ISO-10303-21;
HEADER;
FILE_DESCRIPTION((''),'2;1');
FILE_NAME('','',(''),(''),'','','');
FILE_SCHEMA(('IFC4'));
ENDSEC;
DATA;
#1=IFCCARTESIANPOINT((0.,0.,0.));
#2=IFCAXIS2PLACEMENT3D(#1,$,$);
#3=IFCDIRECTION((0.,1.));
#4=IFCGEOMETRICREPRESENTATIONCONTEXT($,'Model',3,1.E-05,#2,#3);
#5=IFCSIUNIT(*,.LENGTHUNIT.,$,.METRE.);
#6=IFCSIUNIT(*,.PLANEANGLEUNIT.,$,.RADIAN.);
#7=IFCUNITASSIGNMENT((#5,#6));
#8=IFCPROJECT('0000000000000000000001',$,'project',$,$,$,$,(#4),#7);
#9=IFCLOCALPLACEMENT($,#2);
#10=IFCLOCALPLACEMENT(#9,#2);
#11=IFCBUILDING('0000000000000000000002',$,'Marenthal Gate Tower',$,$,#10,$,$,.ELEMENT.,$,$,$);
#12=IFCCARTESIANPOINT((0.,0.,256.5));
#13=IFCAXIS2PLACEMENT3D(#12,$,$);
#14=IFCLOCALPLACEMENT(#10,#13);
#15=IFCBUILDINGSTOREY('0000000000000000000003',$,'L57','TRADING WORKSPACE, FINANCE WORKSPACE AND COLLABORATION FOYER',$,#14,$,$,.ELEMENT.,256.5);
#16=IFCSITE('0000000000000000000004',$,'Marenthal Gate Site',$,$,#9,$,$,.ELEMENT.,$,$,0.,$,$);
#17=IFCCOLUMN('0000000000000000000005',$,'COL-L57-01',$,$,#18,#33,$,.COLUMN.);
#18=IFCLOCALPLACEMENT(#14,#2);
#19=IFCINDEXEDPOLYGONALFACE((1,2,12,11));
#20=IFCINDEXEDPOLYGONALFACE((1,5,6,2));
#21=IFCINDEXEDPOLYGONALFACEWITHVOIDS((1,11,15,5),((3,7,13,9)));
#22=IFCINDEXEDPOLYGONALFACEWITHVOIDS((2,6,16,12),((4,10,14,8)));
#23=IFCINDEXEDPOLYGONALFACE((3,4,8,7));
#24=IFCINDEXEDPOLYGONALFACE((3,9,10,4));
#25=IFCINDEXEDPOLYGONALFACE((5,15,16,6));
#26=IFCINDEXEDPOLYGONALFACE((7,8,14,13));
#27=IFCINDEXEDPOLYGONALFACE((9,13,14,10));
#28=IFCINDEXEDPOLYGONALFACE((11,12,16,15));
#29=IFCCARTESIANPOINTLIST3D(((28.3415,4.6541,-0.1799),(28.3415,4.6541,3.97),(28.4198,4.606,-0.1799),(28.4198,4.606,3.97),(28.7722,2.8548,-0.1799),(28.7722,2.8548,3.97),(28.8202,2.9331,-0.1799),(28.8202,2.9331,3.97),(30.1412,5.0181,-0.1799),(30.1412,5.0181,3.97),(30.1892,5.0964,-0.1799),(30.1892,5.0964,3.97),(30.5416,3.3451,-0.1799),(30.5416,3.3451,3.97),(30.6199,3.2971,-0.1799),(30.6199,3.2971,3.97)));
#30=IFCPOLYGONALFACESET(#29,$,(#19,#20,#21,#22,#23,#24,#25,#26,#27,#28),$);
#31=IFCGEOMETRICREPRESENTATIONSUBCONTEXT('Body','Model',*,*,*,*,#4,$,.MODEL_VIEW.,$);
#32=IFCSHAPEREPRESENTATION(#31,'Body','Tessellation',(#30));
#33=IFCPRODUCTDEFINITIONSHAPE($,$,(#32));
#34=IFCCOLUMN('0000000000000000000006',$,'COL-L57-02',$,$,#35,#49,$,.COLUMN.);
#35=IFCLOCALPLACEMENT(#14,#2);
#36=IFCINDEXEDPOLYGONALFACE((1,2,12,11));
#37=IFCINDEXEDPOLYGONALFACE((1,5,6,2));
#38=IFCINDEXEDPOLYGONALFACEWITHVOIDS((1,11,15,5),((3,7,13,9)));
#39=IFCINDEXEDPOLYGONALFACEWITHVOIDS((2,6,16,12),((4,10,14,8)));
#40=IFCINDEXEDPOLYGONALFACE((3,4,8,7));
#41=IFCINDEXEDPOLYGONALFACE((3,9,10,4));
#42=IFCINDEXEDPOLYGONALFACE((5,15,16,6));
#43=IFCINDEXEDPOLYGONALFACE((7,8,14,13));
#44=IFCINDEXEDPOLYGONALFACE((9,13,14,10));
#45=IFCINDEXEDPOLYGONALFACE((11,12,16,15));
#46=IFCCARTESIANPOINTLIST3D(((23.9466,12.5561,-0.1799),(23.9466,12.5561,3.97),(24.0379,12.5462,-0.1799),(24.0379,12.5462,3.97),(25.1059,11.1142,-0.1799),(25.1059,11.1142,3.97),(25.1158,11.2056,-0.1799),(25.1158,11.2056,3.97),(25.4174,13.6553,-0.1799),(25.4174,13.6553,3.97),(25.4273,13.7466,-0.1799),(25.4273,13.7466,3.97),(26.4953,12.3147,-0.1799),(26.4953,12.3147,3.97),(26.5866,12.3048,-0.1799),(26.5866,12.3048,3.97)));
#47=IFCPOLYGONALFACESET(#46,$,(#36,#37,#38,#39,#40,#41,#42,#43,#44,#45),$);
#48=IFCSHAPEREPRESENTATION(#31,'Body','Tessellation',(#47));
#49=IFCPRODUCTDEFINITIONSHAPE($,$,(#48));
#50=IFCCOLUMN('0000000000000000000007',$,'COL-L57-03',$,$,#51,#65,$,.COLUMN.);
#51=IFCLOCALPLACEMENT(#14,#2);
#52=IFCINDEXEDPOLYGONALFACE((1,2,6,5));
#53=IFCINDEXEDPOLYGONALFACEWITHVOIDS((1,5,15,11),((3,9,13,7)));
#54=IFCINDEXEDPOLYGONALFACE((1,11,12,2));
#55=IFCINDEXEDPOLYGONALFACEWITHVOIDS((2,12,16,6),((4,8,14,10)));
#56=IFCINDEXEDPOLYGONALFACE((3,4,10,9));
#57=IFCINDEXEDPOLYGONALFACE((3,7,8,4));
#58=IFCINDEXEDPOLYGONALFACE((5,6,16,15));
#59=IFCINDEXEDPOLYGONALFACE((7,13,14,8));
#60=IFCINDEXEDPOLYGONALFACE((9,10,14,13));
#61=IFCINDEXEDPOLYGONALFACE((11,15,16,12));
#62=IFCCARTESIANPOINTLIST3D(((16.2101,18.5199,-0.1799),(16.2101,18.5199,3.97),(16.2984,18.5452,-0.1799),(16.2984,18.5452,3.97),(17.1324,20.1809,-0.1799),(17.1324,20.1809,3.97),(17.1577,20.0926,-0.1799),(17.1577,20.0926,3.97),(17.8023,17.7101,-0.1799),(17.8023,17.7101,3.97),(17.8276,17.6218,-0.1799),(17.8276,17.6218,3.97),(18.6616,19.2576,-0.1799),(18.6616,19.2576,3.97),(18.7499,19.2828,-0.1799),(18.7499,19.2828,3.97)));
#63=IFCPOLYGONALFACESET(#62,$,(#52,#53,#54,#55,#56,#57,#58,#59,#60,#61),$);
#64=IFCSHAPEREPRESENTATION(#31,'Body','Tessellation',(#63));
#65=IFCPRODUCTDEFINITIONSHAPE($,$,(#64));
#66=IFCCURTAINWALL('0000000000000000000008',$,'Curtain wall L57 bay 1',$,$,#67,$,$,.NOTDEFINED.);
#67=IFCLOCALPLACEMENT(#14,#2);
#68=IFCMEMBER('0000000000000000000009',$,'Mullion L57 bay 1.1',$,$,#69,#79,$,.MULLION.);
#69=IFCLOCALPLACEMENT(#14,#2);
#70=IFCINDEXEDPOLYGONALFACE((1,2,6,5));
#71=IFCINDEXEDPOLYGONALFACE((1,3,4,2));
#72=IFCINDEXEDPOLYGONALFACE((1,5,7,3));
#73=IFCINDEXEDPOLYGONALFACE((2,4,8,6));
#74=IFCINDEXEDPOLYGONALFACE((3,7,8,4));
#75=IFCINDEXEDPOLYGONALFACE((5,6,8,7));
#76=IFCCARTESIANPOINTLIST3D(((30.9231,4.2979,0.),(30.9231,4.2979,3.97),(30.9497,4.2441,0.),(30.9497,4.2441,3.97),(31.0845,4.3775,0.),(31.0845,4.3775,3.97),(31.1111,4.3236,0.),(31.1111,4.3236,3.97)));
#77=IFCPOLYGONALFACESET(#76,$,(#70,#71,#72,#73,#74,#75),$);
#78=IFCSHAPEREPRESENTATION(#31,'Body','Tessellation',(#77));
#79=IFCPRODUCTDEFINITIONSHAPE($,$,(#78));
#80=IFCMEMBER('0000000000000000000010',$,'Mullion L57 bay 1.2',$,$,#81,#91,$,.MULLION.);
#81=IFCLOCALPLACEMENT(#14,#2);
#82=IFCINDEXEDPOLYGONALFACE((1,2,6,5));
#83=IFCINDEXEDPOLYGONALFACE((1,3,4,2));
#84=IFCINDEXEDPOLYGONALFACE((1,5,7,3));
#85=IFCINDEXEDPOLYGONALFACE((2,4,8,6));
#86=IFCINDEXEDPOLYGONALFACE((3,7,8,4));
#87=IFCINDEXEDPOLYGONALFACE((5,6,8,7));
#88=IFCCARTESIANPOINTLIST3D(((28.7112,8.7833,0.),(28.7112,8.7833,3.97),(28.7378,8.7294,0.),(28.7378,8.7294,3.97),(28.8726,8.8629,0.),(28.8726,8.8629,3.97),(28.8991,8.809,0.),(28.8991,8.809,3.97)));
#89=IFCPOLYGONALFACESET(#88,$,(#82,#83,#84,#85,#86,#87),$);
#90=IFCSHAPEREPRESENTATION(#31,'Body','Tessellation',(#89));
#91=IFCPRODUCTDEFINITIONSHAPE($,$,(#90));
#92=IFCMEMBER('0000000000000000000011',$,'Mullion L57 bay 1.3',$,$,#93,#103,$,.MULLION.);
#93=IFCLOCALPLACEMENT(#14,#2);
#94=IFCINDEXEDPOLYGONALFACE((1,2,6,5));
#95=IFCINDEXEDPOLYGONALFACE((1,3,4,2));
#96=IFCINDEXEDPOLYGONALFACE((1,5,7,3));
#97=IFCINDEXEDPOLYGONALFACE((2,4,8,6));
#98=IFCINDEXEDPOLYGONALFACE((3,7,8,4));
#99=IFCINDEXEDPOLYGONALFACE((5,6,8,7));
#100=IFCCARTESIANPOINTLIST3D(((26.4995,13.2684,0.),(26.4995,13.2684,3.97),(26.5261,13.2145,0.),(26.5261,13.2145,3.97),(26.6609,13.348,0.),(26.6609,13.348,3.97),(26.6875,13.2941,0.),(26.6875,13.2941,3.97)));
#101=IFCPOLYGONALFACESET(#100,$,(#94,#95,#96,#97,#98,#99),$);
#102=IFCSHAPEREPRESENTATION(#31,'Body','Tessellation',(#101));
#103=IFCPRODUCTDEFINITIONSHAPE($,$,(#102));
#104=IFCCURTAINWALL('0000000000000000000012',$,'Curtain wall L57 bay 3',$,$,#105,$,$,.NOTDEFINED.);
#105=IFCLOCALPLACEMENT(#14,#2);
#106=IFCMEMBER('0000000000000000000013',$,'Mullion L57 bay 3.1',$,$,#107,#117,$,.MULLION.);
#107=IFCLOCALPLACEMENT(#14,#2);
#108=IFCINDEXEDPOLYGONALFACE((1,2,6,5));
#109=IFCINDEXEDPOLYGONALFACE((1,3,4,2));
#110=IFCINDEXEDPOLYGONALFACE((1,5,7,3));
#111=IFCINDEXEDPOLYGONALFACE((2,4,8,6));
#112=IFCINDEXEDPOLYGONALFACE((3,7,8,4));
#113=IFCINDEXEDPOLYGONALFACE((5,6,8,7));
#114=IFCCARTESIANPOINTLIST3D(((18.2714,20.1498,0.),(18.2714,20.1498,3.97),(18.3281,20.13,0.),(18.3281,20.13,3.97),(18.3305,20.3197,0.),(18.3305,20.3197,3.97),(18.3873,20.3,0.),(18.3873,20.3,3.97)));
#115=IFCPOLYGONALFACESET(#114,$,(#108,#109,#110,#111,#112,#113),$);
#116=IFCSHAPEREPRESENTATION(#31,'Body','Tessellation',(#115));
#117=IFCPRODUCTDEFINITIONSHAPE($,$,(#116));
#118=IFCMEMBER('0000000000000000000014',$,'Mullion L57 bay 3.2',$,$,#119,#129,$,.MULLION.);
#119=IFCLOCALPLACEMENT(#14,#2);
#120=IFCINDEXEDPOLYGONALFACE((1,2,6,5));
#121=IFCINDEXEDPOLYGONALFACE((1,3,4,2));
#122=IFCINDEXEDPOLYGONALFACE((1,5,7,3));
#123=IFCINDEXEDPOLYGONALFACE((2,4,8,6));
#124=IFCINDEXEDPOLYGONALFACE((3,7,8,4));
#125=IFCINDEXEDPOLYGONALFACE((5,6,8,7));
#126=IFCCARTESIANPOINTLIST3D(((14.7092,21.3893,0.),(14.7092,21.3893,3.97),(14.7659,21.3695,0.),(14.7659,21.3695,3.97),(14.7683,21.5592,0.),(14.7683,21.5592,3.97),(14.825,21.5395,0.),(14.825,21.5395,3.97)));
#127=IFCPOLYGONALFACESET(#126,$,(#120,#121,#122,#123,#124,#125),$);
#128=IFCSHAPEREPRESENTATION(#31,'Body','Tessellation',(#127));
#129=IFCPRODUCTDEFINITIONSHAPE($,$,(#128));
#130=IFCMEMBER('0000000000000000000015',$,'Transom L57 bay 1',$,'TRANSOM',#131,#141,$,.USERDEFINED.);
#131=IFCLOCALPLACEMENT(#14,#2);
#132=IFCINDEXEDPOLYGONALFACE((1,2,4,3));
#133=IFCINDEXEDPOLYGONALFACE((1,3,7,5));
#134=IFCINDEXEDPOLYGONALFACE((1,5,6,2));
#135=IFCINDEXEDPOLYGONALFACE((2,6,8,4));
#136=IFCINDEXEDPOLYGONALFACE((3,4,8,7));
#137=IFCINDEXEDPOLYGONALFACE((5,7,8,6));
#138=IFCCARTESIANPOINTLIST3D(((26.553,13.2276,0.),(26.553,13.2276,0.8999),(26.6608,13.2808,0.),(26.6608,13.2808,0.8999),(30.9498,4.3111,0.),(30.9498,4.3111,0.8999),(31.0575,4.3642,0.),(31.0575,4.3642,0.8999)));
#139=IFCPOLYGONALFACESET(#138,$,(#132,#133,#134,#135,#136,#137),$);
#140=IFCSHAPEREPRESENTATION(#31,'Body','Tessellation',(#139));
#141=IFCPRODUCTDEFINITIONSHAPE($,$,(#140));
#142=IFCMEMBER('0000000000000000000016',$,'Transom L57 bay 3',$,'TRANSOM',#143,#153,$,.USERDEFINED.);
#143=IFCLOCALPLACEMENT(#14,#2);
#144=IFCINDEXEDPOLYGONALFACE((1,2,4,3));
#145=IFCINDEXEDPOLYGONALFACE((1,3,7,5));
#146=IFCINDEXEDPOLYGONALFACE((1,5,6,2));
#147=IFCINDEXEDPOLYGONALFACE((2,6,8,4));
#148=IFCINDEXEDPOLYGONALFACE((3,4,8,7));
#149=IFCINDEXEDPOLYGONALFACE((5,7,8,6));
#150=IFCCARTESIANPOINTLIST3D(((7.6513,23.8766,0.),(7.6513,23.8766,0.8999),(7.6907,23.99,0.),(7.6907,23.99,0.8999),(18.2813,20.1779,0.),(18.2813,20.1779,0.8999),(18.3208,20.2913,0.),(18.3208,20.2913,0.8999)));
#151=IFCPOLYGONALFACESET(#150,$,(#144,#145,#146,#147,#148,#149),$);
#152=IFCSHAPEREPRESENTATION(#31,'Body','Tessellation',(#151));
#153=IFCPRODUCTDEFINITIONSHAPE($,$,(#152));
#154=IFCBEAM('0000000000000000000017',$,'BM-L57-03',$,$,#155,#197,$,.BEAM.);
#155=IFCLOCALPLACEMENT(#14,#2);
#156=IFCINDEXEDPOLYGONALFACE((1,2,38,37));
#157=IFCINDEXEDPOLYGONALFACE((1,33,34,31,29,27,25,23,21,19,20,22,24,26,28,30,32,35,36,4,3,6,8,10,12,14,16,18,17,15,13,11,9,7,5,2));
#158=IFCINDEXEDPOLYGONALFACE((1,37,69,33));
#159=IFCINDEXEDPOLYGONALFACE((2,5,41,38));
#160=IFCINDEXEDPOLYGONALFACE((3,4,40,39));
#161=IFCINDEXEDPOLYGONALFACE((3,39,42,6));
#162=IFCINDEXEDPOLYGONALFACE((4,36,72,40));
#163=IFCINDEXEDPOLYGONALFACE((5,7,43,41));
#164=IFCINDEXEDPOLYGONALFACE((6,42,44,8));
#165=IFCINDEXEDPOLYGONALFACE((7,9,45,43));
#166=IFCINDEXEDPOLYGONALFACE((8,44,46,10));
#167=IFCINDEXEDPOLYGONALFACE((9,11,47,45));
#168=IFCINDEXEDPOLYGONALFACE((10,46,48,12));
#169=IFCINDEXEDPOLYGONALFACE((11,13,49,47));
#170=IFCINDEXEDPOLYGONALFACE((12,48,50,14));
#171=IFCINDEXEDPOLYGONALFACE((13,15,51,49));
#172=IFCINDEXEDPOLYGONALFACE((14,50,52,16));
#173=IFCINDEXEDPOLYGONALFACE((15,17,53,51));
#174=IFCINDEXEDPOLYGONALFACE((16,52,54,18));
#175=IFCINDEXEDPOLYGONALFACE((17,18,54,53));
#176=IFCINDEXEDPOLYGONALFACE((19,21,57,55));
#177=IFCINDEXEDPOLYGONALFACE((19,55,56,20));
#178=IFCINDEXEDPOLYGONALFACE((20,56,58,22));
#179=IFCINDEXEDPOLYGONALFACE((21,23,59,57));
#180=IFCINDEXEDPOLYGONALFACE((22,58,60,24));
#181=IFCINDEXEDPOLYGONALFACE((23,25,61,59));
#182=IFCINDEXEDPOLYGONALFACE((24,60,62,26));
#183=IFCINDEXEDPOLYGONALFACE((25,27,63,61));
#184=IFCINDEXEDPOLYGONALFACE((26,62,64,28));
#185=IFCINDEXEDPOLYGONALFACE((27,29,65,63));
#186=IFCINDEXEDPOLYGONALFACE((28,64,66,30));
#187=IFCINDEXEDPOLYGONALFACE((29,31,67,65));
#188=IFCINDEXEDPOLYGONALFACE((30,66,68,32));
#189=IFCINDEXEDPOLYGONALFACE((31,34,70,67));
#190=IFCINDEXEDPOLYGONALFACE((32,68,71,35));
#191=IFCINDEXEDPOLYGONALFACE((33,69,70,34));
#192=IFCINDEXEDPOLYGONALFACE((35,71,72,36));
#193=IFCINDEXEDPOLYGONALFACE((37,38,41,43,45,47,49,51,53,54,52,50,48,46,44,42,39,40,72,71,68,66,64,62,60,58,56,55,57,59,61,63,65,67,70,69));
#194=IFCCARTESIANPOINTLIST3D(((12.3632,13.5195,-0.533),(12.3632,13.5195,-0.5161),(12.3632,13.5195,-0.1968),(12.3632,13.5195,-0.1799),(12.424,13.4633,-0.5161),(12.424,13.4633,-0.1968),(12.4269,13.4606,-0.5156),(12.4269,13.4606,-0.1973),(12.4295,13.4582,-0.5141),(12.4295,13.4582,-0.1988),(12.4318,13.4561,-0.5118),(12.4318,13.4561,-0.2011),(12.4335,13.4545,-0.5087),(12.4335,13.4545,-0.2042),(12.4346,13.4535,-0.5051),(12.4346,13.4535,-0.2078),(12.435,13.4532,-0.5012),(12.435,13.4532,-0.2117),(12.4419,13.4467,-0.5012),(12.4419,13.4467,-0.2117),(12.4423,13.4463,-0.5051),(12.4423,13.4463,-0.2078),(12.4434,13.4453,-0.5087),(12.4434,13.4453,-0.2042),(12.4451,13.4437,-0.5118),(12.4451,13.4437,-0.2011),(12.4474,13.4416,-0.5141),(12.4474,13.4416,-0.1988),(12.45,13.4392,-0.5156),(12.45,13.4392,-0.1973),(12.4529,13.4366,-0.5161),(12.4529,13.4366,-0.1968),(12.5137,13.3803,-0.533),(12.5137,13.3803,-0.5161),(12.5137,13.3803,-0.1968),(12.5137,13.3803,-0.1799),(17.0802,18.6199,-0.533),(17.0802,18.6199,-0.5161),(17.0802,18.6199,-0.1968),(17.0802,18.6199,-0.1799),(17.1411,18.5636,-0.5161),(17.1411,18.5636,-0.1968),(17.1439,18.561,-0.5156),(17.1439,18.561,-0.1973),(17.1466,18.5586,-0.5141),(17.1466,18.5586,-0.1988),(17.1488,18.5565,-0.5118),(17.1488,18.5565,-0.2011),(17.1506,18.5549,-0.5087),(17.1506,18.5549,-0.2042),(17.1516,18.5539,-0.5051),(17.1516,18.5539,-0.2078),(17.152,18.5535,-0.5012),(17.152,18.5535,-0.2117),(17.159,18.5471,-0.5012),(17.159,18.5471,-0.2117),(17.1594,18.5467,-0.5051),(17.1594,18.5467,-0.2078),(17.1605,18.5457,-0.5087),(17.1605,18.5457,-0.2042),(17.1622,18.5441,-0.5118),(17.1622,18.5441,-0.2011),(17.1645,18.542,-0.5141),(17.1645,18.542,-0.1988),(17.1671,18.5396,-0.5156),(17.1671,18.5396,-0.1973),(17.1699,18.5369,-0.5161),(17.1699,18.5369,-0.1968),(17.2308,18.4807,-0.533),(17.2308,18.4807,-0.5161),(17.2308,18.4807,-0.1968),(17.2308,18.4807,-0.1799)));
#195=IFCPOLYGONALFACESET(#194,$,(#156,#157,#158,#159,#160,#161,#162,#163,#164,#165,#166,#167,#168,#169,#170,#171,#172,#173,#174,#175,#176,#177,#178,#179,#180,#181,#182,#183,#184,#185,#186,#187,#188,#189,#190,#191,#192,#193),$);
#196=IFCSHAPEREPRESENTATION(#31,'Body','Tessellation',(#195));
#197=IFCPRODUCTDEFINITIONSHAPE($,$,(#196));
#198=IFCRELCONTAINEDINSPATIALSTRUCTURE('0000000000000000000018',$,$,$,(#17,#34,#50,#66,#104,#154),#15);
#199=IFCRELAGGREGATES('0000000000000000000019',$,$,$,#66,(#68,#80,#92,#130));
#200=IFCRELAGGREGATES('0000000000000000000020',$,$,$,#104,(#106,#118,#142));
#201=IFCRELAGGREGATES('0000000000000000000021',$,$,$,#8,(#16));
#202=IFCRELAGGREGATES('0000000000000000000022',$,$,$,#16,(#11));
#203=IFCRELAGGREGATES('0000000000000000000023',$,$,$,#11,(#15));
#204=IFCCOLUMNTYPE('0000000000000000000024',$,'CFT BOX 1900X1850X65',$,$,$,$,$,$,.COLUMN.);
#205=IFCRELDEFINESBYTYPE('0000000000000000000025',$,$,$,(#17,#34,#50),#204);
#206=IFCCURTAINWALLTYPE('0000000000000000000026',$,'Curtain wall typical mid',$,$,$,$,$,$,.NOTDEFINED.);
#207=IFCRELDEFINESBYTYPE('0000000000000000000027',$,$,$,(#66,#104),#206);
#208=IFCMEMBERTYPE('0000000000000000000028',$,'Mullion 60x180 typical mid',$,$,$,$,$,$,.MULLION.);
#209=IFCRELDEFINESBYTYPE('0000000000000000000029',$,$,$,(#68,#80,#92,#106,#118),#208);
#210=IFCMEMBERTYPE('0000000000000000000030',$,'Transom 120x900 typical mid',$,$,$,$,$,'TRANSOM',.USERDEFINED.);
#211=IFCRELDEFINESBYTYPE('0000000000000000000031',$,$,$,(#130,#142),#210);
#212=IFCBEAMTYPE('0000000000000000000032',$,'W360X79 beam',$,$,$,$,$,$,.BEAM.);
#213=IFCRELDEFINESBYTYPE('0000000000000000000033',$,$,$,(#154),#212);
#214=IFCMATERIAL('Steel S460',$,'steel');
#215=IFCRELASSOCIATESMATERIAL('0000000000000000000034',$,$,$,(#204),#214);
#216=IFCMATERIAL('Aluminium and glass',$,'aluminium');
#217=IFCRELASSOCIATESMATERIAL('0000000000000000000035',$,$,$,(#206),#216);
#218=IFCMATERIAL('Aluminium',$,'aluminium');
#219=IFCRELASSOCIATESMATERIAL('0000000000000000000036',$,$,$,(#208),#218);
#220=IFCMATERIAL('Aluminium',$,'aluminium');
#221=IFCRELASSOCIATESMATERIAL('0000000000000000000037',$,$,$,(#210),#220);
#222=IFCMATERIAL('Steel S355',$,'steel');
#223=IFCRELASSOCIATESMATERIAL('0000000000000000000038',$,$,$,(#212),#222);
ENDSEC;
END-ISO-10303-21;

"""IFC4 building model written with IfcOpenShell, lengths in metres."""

from ifc_helpers import new_model, si_unit, direction, frame, origin, origin_2d, place, context, subcontext, project, spatial, rectangle, hollow_rectangle, i_section, extrude, material, material_profile, profile_set, type_object, element, aggregate, save


model = new_model("IFC4")

# Units and contexts
model_context = context("Model", 3, precision=1e-05, world=origin(), true_north=direction((0.0, 1.0)))
body_context = subcontext(model_context, "Body", "Model", "MODEL_VIEW")
ifc_project = project(units=[si_unit("LENGTHUNIT", "METRE"), si_unit("PLANEANGLEUNIT", "RADIAN")], contexts=[model_context])

# Site, building, storey
site_placement = place(None, origin())
site = spatial("IfcSite", under=ifc_project, at=site_placement, Name="Marenthal Gate Site", CompositionType="ELEMENT", RefElevation=0.0)
building_placement = place(site_placement, origin())
building = spatial("IfcBuilding", under=site, at=building_placement, Name="Marenthal Gate Tower", CompositionType="ELEMENT")
storey_placement = place(building_placement, frame((0.0, 0.0, 256.5)))
storey = spatial("IfcBuildingStorey", under=building, at=storey_placement, Name="L57", Description="TRADING WORKSPACE, FINANCE WORKSPACE AND COLLABORATION FOYER", CompositionType="ELEMENT", Elevation=256.5)

# Columns
ifc_material_1 = material(Name="Steel S460", Category="steel")
ifc_material_profile_1 = material_profile(ifc_material_1, hollow_rectangle(XDim=1.8501, YDim=1.8999, WallThickness=0.0649, at=origin_2d()), Name="CFT BOX 1900X1850X65")
ifc_material_2 = material(Name="Concrete 70 MPa", Category="concrete")
ifc_material_profile_2 = material_profile(ifc_material_2, rectangle(XDim=1.72, YDim=1.77, at=origin_2d()), Name="CFT BOX 1900X1850X65 INFILL")
ifc_profile_set_1 = profile_set([ifc_material_profile_1, ifc_material_profile_2], Name="Steel S460 shell, Concrete 70 MPa infill")
column_type = type_object("IfcColumnType", Name="CFT BOX 1900X1850X65", PredefinedType="COLUMN", material=ifc_profile_set_1)
for number, where, z_axis, x_axis, name in (
    (1, (29.4807, 3.9756, -0.1799), (0.0, 0.0, 1.0), (0.232783, -0.972529, 0.0), "COL-L57-01"),
    (2, (25.2666, 12.4304, -0.1799), (0.0, 0.0, 1.0), (0.626615, -0.779329, 0.0), "COL-L57-02"),
    (3, (17.48, 18.9014, -0.1799), (0.0, 0.0, 1.0), (0.874262, -0.485454, 0.0), "COL-L57-03"),
):
    element("IfcColumn", number, at=place(storey_placement, frame(where, z_axis=z_axis, x_axis=x_axis)), inside=storey, type_object=column_type, Name=name, PredefinedType="COLUMN", context=body_context, shape_type="SweptSolid", body=[
        extrude(hollow_rectangle(XDim=1.8501, YDim=1.8999, WallThickness=0.0649, at=origin_2d()), origin(), (0.0, 0.0, 1.0), 4.1499),
    ])

# Curtain walls, members
ifc_material_3 = material(Name="Aluminium and glass", Category="aluminium")
curtain_wall_type = type_object("IfcCurtainWallType", Name="Curtain wall typical mid", PredefinedType="NOTDEFINED", material=ifc_material_3)
curtain_wall_1_placement = place(storey_placement, origin())
curtain_wall_1 = element("IfcCurtainWall", 4, at=curtain_wall_1_placement, inside=storey, type_object=curtain_wall_type, Name="Curtain wall L57 bay 1", PredefinedType="NOTDEFINED")
ifc_material_4 = material(Name="Aluminium", Category="aluminium")
ifc_material_profile_3 = material_profile(ifc_material_4, rectangle(XDim=0.1799, YDim=0.0601, at=origin_2d()), Name="60x180 aluminium mullion")
ifc_profile_set_2 = profile_set([ifc_material_profile_3], Name="Aluminium")
member_type_1 = type_object("IfcMemberType", Name="Mullion 60x180 typical mid", PredefinedType="MULLION", material=ifc_profile_set_2)
member_1_placement = place(storey_placement, frame((31.0171, 4.3108, 0.0), z_axis=(0.0, 0.0, 1.0), x_axis=(-0.896882, -0.442269, 0.0)))
member_1 = element("IfcMember", 5, at=member_1_placement, type_object=member_type_1, Name="Mullion L57 bay 1.1", PredefinedType="MULLION", context=body_context, shape_type="SweptSolid", body=[
    extrude(rectangle(XDim=0.1799, YDim=0.0601, at=origin_2d()), origin(), (0.0, 0.0, 1.0), 3.97),
])
member_2_placement = place(storey_placement, frame((28.8052, 8.7961, 0.0), z_axis=(0.0, 0.0, 1.0), x_axis=(-0.896882, -0.442269, 0.0)))
member_2 = element("IfcMember", 6, at=member_2_placement, type_object=member_type_1, Name="Mullion L57 bay 1.2", PredefinedType="MULLION", context=body_context, shape_type="SweptSolid", body=[
    extrude(rectangle(XDim=0.1799, YDim=0.0601, at=origin_2d()), origin(), (0.0, 0.0, 1.0), 3.97),
])
member_3_placement = place(storey_placement, frame((26.5935, 13.2812, 0.0), z_axis=(0.0, 0.0, 1.0), x_axis=(-0.896882, -0.442269, 0.0)))
member_3 = element("IfcMember", 7, at=member_3_placement, type_object=member_type_1, Name="Mullion L57 bay 1.3", PredefinedType="MULLION", context=body_context, shape_type="SweptSolid", body=[
    extrude(rectangle(XDim=0.1799, YDim=0.0601, at=origin_2d()), origin(), (0.0, 0.0, 1.0), 3.97),
])
curtain_wall_2_placement = place(storey_placement, origin())
curtain_wall_2 = element("IfcCurtainWall", 8, at=curtain_wall_2_placement, inside=storey, type_object=curtain_wall_type, Name="Curtain wall L57 bay 3", PredefinedType="NOTDEFINED")
member_4_placement = place(storey_placement, frame((18.3293, 20.2249, 0.0), z_axis=(0.0, 0.0, 1.0), x_axis=(-0.328612, -0.944465, 0.0)))
member_4 = element("IfcMember", 9, at=member_4_placement, type_object=member_type_1, Name="Mullion L57 bay 3.1", PredefinedType="MULLION", context=body_context, shape_type="SweptSolid", body=[
    extrude(rectangle(XDim=0.1799, YDim=0.0601, at=origin_2d()), origin(), (0.0, 0.0, 1.0), 3.97),
])
member_5_placement = place(storey_placement, frame((14.7671, 21.4644, 0.0), z_axis=(0.0, 0.0, 1.0), x_axis=(-0.328612, -0.944465, 0.0)))
member_5 = element("IfcMember", 10, at=member_5_placement, type_object=member_type_1, Name="Mullion L57 bay 3.2", PredefinedType="MULLION", context=body_context, shape_type="SweptSolid", body=[
    extrude(rectangle(XDim=0.1799, YDim=0.0601, at=origin_2d()), origin(), (0.0, 0.0, 1.0), 3.97),
])

# Members
ifc_material_5 = material(Name="Aluminium", Category="aluminium")
ifc_material_profile_4 = material_profile(ifc_material_5, rectangle(XDim=0.1201, YDim=0.8999, at=origin_2d()), Name="120x900 aluminium transom")
ifc_profile_set_3 = profile_set([ifc_material_profile_4], Name="Aluminium")
member_type_2 = type_object("IfcMemberType", Name="Transom 120x900 typical mid", ElementType="TRANSOM", PredefinedType="USERDEFINED", material=ifc_profile_set_3)
member_6_placement = place(storey_placement, frame((31.0037, 4.3376, 0.45), z_axis=(-0.442256, 0.896889, 0.0), x_axis=(-0.896889, -0.442256, 0.0)))
member_6 = element("IfcMember", 11, at=member_6_placement, type_object=member_type_2, Name="Transom L57 bay 1", ObjectType="TRANSOM", PredefinedType="USERDEFINED", context=body_context, shape_type="SweptSolid", body=[
    extrude(rectangle(XDim=0.1201, YDim=0.8999, at=origin_2d()), origin(), (0.0, 0.0, 1.0), 9.9417),
])
member_7_placement = place(storey_placement, frame((18.301, 20.2346, 0.45), z_axis=(-0.944461, 0.328623, 0.0), x_axis=(-0.328623, -0.944461, 0.0)))
member_7 = element("IfcMember", 12, at=member_7_placement, type_object=member_type_2, Name="Transom L57 bay 3", ObjectType="TRANSOM", PredefinedType="USERDEFINED", context=body_context, shape_type="SweptSolid", body=[
    extrude(rectangle(XDim=0.1201, YDim=0.8999, at=origin_2d()), origin(), (0.0, 0.0, 1.0), 11.2551),
])

# Beam
ifc_material_6 = material(Name="Steel S355", Category="steel")
ifc_material_profile_5 = material_profile(ifc_material_6, i_section(OverallWidth=0.2051, OverallDepth=0.353, WebThickness=0.0095, FlangeThickness=0.0168, FilletRadius=0.0149, at=origin_2d()), Name="W360X79")
ifc_profile_set_4 = profile_set([ifc_material_profile_5], Name="Steel S355")
beam_type_1 = type_object("IfcBeamType", Name="W360X79 beam", PredefinedType="BEAM", material=ifc_profile_set_4)
beam_1_placement = place(storey_placement, frame((17.1555, 18.5503, -0.3564), z_axis=(-0.678982, -0.734155, 0.0), x_axis=(0.734155, -0.678982, 0.0)))
element("IfcBeam", 13, at=beam_1_placement, inside=storey, type_object=beam_type_1, Name="BM-L57-03", PredefinedType="BEAM", context=body_context, shape_type="SweptSolid", body=[
    extrude(i_section(OverallWidth=0.2051, OverallDepth=0.353, WebThickness=0.0095, FlangeThickness=0.0168, FilletRadius=0.0149, at=origin_2d()), origin(), (0.0, 0.0, 1.0), 6.9473),
])

aggregate(curtain_wall_1, [member_1, member_2, member_3, member_6])
aggregate(curtain_wall_2, [member_4, member_5, member_7])

save(model, "model.ifc")
